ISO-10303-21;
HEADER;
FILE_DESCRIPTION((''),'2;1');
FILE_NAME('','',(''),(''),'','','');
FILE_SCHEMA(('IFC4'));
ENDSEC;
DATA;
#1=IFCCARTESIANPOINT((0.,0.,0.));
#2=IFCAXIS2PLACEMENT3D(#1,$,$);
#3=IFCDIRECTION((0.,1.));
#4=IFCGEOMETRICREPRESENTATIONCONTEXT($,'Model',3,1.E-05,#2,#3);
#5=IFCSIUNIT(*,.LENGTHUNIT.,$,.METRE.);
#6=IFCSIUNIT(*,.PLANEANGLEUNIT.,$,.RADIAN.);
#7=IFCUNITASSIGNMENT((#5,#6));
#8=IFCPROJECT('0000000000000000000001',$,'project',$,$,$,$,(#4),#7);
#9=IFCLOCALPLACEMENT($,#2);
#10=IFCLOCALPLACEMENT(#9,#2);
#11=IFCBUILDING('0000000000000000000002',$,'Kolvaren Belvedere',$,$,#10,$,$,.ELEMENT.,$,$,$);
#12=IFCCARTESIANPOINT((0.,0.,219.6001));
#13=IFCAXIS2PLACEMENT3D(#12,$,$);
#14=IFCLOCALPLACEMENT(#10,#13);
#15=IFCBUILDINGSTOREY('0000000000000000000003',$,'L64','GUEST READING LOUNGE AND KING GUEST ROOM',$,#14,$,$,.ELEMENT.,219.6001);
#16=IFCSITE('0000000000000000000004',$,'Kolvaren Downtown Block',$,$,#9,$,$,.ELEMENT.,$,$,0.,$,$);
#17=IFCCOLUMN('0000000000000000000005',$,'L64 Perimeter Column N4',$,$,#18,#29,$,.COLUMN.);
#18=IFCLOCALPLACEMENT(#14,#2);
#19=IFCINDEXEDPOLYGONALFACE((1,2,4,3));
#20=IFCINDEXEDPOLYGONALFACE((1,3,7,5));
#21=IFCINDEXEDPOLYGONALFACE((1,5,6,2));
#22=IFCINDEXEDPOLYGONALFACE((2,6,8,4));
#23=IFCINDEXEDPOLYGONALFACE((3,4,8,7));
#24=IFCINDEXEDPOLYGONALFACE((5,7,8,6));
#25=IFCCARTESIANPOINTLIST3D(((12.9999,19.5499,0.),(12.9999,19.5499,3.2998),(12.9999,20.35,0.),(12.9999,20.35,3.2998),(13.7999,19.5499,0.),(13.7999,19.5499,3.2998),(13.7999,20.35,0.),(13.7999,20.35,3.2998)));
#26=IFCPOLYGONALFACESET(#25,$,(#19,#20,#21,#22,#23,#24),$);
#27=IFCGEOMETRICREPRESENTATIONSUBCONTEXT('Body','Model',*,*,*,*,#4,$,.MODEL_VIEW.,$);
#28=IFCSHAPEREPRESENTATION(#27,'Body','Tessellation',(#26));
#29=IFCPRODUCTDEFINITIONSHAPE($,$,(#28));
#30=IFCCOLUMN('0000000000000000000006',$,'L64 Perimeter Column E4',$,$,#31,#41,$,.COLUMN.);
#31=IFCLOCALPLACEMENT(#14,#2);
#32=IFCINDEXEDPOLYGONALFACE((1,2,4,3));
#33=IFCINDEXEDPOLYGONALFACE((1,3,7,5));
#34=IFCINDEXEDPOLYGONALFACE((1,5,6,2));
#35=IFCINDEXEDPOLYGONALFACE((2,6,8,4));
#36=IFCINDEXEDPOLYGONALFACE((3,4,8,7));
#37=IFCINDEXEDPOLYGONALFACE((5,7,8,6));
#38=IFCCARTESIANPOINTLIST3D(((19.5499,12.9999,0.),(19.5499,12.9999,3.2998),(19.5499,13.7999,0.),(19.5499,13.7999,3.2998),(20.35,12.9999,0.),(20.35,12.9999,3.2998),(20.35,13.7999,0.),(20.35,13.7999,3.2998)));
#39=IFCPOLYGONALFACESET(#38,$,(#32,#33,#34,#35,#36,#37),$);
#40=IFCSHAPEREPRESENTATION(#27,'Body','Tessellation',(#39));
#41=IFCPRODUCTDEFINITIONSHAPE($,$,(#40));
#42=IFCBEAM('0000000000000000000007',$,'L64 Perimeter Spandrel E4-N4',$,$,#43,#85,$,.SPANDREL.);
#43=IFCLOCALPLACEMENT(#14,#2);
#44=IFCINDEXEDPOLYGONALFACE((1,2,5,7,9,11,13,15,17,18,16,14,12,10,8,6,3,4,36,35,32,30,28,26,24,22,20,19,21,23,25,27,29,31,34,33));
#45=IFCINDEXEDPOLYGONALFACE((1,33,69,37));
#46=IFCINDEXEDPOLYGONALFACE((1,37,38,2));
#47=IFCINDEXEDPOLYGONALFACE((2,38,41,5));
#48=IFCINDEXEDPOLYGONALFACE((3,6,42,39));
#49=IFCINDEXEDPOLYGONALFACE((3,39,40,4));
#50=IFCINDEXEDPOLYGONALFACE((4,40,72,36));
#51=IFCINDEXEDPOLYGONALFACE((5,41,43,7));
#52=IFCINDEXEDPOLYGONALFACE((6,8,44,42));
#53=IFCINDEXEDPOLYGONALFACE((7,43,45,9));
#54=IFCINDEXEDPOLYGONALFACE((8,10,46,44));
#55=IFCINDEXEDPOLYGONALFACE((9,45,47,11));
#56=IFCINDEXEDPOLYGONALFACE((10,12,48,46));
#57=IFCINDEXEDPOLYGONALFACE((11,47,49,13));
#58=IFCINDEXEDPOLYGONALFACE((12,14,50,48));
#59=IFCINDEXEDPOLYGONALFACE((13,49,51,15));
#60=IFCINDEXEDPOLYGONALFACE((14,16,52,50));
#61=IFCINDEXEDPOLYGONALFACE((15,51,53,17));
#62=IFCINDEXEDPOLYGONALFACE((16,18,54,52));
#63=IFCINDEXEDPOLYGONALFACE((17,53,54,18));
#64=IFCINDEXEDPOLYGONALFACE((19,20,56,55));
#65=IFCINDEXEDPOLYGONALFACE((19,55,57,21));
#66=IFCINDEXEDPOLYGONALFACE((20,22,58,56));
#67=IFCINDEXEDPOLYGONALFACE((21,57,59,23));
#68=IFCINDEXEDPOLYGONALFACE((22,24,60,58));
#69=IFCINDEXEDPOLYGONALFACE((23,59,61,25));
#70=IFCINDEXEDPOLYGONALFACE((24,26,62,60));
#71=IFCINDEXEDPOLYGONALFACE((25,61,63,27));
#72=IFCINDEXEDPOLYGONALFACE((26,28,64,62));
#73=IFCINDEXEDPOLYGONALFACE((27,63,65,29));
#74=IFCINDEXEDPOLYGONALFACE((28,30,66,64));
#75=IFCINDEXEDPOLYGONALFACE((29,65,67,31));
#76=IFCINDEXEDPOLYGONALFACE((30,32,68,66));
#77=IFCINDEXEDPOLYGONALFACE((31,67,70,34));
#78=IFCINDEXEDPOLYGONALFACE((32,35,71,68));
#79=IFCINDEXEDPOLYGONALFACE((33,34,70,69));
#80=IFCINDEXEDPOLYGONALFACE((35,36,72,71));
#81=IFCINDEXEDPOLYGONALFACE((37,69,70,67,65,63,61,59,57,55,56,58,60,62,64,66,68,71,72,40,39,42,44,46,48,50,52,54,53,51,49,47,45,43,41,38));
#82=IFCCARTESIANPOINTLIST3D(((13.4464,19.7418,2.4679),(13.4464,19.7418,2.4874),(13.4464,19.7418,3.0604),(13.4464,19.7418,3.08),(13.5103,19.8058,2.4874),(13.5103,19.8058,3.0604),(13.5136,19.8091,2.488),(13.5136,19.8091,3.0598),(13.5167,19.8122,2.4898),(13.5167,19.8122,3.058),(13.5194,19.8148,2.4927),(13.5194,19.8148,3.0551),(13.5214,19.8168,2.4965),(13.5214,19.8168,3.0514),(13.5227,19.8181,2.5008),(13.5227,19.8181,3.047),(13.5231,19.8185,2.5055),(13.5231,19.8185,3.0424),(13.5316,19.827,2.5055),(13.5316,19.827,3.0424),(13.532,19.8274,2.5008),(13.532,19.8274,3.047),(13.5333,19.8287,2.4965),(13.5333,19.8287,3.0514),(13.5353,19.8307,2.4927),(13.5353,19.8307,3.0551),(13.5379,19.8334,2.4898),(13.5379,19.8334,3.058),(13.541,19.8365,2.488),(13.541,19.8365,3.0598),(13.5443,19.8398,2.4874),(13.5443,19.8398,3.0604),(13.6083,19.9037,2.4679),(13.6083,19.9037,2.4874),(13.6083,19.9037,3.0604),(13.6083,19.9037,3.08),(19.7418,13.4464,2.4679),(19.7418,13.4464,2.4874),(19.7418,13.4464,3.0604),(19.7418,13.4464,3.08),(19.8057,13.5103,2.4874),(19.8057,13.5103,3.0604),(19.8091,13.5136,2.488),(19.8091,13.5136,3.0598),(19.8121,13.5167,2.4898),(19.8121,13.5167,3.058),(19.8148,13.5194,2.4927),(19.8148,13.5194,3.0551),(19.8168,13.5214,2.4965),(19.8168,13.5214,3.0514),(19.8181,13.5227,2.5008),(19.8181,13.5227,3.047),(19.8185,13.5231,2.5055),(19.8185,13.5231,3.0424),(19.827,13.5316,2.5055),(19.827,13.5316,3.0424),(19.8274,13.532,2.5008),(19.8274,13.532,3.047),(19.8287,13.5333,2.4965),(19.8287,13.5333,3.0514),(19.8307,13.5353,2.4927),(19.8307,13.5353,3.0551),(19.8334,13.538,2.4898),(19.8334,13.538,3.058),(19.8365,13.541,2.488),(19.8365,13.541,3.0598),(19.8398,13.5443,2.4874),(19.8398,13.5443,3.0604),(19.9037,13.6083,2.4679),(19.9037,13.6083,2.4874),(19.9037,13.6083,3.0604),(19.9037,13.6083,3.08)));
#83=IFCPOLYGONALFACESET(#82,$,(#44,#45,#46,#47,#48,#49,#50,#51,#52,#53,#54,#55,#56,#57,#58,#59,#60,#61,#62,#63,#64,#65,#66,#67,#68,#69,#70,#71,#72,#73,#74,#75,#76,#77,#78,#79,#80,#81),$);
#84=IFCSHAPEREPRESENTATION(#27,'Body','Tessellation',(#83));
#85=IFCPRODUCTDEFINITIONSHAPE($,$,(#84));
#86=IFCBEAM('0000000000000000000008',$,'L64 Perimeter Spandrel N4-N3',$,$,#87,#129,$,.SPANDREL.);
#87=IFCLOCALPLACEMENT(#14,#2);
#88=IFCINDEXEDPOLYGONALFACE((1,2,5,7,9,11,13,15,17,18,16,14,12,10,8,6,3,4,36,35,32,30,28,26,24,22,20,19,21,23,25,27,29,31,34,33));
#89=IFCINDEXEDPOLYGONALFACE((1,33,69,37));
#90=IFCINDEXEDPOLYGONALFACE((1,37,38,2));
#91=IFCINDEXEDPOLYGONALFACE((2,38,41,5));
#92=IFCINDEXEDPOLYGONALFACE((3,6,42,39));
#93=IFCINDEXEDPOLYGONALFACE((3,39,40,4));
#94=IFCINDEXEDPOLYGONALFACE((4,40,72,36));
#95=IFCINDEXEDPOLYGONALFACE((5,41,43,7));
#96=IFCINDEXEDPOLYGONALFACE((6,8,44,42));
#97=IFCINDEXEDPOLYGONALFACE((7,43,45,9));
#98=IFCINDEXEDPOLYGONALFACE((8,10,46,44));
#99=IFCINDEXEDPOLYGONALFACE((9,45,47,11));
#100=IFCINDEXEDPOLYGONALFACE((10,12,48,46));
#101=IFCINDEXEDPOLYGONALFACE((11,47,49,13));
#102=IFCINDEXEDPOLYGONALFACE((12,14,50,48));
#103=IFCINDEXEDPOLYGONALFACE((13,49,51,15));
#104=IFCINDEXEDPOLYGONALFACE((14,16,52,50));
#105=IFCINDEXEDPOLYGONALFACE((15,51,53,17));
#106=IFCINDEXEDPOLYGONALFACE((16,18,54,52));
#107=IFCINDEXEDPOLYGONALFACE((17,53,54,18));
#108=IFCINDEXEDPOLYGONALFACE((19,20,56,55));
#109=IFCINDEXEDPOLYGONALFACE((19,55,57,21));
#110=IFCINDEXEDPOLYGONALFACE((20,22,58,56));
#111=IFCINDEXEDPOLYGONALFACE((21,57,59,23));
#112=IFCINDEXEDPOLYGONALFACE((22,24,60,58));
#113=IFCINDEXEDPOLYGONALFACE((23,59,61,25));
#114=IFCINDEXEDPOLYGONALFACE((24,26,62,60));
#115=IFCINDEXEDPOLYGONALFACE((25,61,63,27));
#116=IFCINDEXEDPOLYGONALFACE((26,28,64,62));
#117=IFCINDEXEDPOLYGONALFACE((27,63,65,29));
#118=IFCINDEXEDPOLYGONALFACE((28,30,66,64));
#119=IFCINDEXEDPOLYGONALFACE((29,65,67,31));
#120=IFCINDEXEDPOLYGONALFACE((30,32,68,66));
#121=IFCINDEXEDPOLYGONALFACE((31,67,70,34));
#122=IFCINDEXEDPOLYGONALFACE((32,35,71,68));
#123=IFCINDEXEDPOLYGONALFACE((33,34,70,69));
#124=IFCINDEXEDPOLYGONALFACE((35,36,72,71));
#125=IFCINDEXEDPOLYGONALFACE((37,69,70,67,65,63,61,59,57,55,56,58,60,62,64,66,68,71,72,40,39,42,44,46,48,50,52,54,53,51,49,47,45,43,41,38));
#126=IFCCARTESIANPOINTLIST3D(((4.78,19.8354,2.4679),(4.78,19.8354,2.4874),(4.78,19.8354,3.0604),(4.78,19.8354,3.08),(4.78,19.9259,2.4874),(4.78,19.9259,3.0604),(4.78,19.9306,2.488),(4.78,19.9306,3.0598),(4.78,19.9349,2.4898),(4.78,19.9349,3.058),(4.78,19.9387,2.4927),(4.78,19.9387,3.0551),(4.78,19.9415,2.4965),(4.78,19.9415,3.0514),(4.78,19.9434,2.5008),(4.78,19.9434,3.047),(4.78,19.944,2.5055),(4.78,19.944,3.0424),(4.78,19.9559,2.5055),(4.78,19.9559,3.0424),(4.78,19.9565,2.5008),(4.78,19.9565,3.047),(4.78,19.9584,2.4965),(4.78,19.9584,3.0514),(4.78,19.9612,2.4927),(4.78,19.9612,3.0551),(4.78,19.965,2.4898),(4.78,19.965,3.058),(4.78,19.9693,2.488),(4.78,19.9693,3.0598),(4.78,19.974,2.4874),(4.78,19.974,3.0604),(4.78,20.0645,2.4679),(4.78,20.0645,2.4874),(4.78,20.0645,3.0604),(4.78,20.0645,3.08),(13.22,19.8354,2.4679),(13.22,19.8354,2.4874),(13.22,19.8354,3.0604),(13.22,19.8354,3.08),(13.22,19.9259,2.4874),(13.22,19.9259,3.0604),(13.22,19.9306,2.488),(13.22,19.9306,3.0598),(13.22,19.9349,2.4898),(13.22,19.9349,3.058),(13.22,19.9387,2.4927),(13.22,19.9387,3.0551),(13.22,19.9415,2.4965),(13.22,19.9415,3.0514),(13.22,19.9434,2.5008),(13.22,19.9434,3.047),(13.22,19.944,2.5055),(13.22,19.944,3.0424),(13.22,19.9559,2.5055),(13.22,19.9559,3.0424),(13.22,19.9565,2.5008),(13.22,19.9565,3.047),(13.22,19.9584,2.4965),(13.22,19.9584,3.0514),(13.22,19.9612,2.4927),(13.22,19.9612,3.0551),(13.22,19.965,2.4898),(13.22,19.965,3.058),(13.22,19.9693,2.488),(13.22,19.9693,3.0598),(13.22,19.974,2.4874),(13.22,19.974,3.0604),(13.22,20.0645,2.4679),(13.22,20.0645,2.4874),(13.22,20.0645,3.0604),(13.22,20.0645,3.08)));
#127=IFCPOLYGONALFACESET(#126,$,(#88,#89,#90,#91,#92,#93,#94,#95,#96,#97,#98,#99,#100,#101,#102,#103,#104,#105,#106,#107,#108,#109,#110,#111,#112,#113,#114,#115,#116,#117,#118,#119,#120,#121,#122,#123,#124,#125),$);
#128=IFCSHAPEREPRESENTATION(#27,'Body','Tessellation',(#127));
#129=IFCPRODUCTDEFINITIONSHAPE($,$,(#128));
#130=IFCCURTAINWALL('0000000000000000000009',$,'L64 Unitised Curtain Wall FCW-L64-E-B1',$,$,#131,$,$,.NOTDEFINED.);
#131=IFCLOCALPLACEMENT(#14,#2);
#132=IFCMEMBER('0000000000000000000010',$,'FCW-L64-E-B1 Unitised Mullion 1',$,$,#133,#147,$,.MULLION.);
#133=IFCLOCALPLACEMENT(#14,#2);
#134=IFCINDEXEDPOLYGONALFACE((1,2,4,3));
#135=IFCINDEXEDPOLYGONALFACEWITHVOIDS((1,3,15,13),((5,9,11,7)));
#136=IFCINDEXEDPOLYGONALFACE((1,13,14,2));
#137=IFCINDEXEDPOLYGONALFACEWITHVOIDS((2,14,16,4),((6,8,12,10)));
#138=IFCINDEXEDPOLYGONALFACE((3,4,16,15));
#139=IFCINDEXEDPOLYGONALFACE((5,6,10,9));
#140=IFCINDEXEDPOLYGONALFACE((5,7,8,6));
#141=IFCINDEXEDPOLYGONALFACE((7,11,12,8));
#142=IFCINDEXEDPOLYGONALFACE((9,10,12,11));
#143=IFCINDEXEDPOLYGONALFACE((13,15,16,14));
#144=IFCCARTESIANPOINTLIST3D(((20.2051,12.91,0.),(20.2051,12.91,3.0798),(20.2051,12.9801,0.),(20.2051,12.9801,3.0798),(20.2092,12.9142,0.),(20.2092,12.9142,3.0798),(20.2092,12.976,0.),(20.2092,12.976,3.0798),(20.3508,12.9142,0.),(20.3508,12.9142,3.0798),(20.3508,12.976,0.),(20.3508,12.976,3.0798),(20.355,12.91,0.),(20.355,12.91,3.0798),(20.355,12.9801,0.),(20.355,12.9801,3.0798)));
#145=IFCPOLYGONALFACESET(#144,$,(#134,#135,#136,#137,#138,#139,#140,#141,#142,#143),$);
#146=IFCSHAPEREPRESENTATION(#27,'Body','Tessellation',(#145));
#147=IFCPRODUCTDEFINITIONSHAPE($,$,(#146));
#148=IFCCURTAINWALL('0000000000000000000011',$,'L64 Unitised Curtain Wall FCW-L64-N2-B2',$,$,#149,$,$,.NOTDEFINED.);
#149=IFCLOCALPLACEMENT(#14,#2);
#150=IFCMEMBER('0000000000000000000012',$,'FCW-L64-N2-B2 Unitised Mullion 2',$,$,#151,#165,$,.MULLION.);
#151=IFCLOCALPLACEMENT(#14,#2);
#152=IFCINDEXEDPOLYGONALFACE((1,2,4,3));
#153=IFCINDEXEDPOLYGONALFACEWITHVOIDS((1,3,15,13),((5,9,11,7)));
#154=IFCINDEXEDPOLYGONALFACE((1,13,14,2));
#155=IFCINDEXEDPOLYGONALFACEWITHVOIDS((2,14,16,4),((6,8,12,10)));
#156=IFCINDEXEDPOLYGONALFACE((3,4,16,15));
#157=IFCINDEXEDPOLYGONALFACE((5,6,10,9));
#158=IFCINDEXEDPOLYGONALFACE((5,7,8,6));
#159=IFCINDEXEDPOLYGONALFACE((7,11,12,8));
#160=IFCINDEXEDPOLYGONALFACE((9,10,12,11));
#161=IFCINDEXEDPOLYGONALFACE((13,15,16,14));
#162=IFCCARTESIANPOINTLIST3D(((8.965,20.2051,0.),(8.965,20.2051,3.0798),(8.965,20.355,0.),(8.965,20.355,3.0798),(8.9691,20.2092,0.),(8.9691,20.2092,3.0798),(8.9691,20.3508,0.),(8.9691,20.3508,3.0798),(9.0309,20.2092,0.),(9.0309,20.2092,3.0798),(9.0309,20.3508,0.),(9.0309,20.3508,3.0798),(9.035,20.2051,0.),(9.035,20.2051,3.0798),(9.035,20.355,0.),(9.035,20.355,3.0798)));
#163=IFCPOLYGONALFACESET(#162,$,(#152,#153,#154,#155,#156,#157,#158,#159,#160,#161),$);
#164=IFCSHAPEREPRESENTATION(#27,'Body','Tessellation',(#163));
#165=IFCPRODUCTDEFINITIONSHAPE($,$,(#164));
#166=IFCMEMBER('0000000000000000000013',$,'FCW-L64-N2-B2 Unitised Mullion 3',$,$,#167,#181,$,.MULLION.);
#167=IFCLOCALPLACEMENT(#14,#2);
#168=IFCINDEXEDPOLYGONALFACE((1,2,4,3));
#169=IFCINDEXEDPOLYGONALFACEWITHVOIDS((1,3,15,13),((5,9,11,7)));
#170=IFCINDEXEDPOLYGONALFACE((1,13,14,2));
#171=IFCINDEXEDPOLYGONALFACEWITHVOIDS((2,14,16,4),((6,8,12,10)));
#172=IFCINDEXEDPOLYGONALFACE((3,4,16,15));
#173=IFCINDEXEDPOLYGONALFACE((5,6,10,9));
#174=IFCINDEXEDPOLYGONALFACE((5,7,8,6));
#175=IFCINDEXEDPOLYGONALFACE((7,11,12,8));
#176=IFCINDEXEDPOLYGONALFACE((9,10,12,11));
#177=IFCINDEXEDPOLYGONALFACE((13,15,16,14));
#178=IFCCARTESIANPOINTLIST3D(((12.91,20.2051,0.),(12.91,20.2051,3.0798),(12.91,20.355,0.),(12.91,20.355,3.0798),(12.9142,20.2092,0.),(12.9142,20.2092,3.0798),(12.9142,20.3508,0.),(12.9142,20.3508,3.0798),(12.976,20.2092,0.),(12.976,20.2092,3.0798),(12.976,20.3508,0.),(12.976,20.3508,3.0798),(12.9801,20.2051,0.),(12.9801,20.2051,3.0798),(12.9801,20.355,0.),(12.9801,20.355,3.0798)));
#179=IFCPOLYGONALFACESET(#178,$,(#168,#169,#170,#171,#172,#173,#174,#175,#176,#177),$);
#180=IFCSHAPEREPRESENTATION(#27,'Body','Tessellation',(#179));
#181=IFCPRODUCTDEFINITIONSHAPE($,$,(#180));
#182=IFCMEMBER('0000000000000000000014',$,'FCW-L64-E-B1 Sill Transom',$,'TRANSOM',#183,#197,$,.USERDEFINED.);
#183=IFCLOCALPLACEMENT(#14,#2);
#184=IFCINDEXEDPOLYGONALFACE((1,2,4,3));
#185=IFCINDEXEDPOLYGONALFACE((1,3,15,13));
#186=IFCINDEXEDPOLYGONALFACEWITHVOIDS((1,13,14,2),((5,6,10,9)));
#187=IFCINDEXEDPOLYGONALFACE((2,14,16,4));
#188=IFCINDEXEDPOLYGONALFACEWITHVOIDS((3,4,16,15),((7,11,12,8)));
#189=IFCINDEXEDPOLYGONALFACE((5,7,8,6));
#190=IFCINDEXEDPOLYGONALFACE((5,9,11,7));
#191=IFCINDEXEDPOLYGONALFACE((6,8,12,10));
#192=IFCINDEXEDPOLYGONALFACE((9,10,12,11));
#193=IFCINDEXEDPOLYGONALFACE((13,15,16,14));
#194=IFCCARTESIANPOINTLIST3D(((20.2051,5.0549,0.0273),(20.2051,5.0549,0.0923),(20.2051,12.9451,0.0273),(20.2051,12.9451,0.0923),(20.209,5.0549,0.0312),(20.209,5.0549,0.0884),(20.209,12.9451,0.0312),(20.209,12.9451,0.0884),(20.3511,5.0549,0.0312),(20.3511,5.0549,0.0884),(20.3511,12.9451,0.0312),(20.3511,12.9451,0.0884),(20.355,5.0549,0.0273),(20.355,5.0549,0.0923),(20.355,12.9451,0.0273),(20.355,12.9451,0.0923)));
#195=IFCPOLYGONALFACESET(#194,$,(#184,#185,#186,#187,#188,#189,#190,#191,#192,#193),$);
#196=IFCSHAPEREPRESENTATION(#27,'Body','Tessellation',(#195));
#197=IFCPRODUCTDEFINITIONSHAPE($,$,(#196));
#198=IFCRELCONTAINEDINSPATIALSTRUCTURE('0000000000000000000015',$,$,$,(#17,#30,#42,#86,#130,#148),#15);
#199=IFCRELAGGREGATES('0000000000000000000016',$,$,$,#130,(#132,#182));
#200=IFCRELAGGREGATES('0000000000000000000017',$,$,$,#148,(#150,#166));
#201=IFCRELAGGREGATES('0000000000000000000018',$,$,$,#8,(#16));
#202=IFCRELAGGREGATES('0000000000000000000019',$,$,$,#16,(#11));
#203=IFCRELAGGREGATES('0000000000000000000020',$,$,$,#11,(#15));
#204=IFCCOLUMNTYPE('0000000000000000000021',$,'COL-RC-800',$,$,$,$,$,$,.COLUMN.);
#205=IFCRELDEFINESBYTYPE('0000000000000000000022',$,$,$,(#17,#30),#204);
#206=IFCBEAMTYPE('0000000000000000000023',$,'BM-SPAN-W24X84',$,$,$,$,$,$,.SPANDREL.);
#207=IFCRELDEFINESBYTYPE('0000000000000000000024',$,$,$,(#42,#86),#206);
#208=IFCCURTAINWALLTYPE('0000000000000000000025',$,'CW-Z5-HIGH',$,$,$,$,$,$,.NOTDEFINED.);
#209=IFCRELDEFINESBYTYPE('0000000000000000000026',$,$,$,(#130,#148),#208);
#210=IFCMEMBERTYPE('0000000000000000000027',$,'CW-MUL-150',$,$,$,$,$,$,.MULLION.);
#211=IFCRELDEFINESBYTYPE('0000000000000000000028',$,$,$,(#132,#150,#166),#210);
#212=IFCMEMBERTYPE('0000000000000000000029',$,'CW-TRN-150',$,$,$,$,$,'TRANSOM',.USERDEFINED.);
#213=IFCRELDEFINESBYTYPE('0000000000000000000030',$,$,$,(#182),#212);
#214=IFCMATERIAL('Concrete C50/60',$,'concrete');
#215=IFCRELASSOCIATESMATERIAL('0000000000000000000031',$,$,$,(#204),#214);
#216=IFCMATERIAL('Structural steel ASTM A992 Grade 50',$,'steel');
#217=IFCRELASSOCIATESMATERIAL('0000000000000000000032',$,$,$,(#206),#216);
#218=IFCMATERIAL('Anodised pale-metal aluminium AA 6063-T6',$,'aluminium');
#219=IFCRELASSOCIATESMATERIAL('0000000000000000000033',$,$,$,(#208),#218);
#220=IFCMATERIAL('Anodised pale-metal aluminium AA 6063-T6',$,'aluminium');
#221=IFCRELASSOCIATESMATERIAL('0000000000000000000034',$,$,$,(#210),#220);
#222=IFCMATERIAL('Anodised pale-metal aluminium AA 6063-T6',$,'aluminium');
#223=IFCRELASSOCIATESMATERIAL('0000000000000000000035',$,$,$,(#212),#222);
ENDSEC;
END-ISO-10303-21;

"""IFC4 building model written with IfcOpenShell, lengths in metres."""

from ifc_helpers import new_model, si_unit, direction, frame, origin, origin_2d, place, context, subcontext, project, spatial, rectangle, hollow_rectangle, i_section, extrude, material, material_profile, profile_set, type_object, element, aggregate, save


model = new_model("IFC4")

# Units and contexts
model_context = context("Model", 3, precision=1e-05, world=origin(), true_north=direction((0.0, 1.0)))
body_context = subcontext(model_context, "Body", "Model", "MODEL_VIEW")
ifc_project = project(units=[si_unit("LENGTHUNIT", "METRE"), si_unit("PLANEANGLEUNIT", "RADIAN")], contexts=[model_context])

# Site, building, storey
site_placement = place(None, origin())
site = spatial("IfcSite", under=ifc_project, at=site_placement, Name="Kolvaren Downtown Block", CompositionType="ELEMENT", RefElevation=0.0)
building_placement = place(site_placement, origin())
building = spatial("IfcBuilding", under=site, at=building_placement, Name="Kolvaren Belvedere", CompositionType="ELEMENT")
storey_placement = place(building_placement, frame((0.0, 0.0, 219.6001)))
storey = spatial("IfcBuildingStorey", under=building, at=storey_placement, Name="L64", Description="GUEST READING LOUNGE AND KING GUEST ROOM", CompositionType="ELEMENT", Elevation=219.6001)

# Columns
ifc_material_1 = material(Name="Concrete C50/60", Category="concrete")
ifc_material_profile_1 = material_profile(ifc_material_1, rectangle(XDim=0.8, YDim=0.8, at=origin_2d()), Name="RC 800X800")
ifc_profile_set_1 = profile_set([ifc_material_profile_1], Name="Concrete C50/60")
column_type = type_object("IfcColumnType", Name="COL-RC-800", PredefinedType="COLUMN", material=ifc_profile_set_1)
for number, where, z_axis, x_axis, name in (
    (1, (13.3999, 19.95, 0.0), (0.0, 0.0, 1.0), (1.0, 0.0, 0.0), "L64 Perimeter Column N4"),
    (2, (19.95, 13.3999, 0.0), (0.0, 0.0, 1.0), (1.0, 0.0, 0.0), "L64 Perimeter Column E4"),
):
    element("IfcColumn", number, at=place(storey_placement, frame(where, z_axis=z_axis, x_axis=x_axis)), inside=storey, type_object=column_type, Name=name, PredefinedType="COLUMN", context=body_context, shape_type="SweptSolid", body=[
        extrude(rectangle(XDim=0.8, YDim=0.8, at=origin_2d()), origin(), (0.0, 0.0, 1.0), 3.2998),
    ])

# Beams
ifc_material_2 = material(Name="Structural steel ASTM A992 Grade 50", Category="steel")
ifc_material_profile_2 = material_profile(ifc_material_2, i_section(OverallWidth=0.229, OverallDepth=0.6121, WebThickness=0.012, FlangeThickness=0.0195, FilletRadius=0.0181, at=origin_2d()), Name="W24X84")
ifc_profile_set_2 = profile_set([ifc_material_profile_2], Name="Structural steel ASTM A992 Grade 50")
beam_type = type_object("IfcBeamType", Name="BM-SPAN-W24X84", PredefinedType="SPANDREL", material=ifc_profile_set_2)
beam_1_placement = place(storey_placement, frame((19.8228, 13.5273, 2.7739), z_axis=(-0.707107, 0.707107, 0.0), x_axis=(-0.707107, -0.707107, 0.0)))
element("IfcBeam", 3, at=beam_1_placement, inside=storey, type_object=beam_type, Name="L64 Perimeter Spandrel E4-N4", PredefinedType="SPANDREL", context=body_context, shape_type="SweptSolid", body=[
    extrude(i_section(OverallWidth=0.229, OverallDepth=0.6121, WebThickness=0.012, FlangeThickness=0.0195, FilletRadius=0.0181, at=origin_2d()), origin(), (0.0, 0.0, 1.0), 8.9031),
])
beam_2_placement = place(storey_placement, frame((13.22, 19.95, 2.7739), z_axis=(-1.0, 0.0, 0.0), x_axis=(0.0, -1.0, 0.0)))
element("IfcBeam", 4, at=beam_2_placement, inside=storey, type_object=beam_type, Name="L64 Perimeter Spandrel N4-N3", PredefinedType="SPANDREL", context=body_context, shape_type="SweptSolid", body=[
    extrude(i_section(OverallWidth=0.229, OverallDepth=0.6121, WebThickness=0.012, FlangeThickness=0.0195, FilletRadius=0.0181, at=origin_2d()), origin(), (0.0, 0.0, 1.0), 8.4399),
])

# Curtain wall, member
ifc_material_3 = material(Name="Anodised pale-metal aluminium AA 6063-T6", Category="aluminium")
curtain_wall_type = type_object("IfcCurtainWallType", Name="CW-Z5-HIGH", PredefinedType="NOTDEFINED", material=ifc_material_3)
curtain_wall_1_placement = place(storey_placement, origin())
curtain_wall_1 = element("IfcCurtainWall", 5, at=curtain_wall_1_placement, inside=storey, type_object=curtain_wall_type, Name="L64 Unitised Curtain Wall FCW-L64-E-B1", PredefinedType="NOTDEFINED")
ifc_material_4 = material(Name="Anodised pale-metal aluminium AA 6063-T6", Category="aluminium")
ifc_material_profile_3 = material_profile(ifc_material_4, hollow_rectangle(XDim=0.0701, YDim=0.1499, WallThickness=0.0042, at=origin_2d()), Name="ALU-MUL-150X70")
ifc_profile_set_3 = profile_set([ifc_material_profile_3], Name="Anodised pale-metal aluminium AA 6063-T6")
member_type_1 = type_object("IfcMemberType", Name="CW-MUL-150", PredefinedType="MULLION", material=ifc_profile_set_3)
member_1_placement = place(storey_placement, frame((20.28, 12.9451, 0.0), z_axis=(0.0, 0.0, 1.0), x_axis=(0.0, 1.0, 0.0)))
member_1 = element("IfcMember", 6, at=member_1_placement, type_object=member_type_1, Name="FCW-L64-E-B1 Unitised Mullion 1", PredefinedType="MULLION", context=body_context, shape_type="SweptSolid", body=[
    extrude(hollow_rectangle(XDim=0.0701, YDim=0.1499, WallThickness=0.0042, at=origin_2d()), origin(), (0.0, 0.0, 1.0), 3.0798),
])

# Curtain wall, members
curtain_wall_2_placement = place(storey_placement, origin())
curtain_wall_2 = element("IfcCurtainWall", 7, at=curtain_wall_2_placement, inside=storey, type_object=curtain_wall_type, Name="L64 Unitised Curtain Wall FCW-L64-N2-B2", PredefinedType="NOTDEFINED")
member_2_placement = place(storey_placement, frame((9.0, 20.28, 0.0), z_axis=(0.0, 0.0, 1.0), x_axis=(1.0, 0.0, 0.0)))
member_2 = element("IfcMember", 8, at=member_2_placement, type_object=member_type_1, Name="FCW-L64-N2-B2 Unitised Mullion 2", PredefinedType="MULLION", context=body_context, shape_type="SweptSolid", body=[
    extrude(hollow_rectangle(XDim=0.0701, YDim=0.1499, WallThickness=0.0042, at=origin_2d()), origin(), (0.0, 0.0, 1.0), 3.0798),
])
member_3_placement = place(storey_placement, frame((12.9451, 20.28, 0.0), z_axis=(0.0, 0.0, 1.0), x_axis=(1.0, 0.0, 0.0)))
member_3 = element("IfcMember", 9, at=member_3_placement, type_object=member_type_1, Name="FCW-L64-N2-B2 Unitised Mullion 3", PredefinedType="MULLION", context=body_context, shape_type="SweptSolid", body=[
    extrude(hollow_rectangle(XDim=0.0701, YDim=0.1499, WallThickness=0.0042, at=origin_2d()), origin(), (0.0, 0.0, 1.0), 3.0798),
])

# Member
ifc_material_5 = material(Name="Anodised pale-metal aluminium AA 6063-T6", Category="aluminium")
ifc_material_profile_4 = material_profile(ifc_material_5, hollow_rectangle(XDim=0.0649, YDim=0.1499, WallThickness=0.0039, at=origin_2d()), Name="ALU-TRN-150X65")
ifc_profile_set_4 = profile_set([ifc_material_profile_4], Name="Anodised pale-metal aluminium AA 6063-T6")
member_type_2 = type_object("IfcMemberType", Name="CW-TRN-150", ElementType="TRANSOM", PredefinedType="USERDEFINED", material=ifc_profile_set_4)
member_4_placement = place(storey_placement, frame((20.28, 12.9451, 0.0598), z_axis=(0.0, -1.0, 0.0), x_axis=(0.0, 0.0, 1.0)))
member_4 = element("IfcMember", 10, at=member_4_placement, type_object=member_type_2, Name="FCW-L64-E-B1 Sill Transom", ObjectType="TRANSOM", PredefinedType="USERDEFINED", context=body_context, shape_type="SweptSolid", body=[
    extrude(hollow_rectangle(XDim=0.0649, YDim=0.1499, WallThickness=0.0039, at=origin_2d()), origin(), (0.0, 0.0, 1.0), 7.8901),
])
aggregate(curtain_wall_1, [member_1, member_4])

aggregate(curtain_wall_2, [member_2, member_3])

save(model, "model.ifc")
